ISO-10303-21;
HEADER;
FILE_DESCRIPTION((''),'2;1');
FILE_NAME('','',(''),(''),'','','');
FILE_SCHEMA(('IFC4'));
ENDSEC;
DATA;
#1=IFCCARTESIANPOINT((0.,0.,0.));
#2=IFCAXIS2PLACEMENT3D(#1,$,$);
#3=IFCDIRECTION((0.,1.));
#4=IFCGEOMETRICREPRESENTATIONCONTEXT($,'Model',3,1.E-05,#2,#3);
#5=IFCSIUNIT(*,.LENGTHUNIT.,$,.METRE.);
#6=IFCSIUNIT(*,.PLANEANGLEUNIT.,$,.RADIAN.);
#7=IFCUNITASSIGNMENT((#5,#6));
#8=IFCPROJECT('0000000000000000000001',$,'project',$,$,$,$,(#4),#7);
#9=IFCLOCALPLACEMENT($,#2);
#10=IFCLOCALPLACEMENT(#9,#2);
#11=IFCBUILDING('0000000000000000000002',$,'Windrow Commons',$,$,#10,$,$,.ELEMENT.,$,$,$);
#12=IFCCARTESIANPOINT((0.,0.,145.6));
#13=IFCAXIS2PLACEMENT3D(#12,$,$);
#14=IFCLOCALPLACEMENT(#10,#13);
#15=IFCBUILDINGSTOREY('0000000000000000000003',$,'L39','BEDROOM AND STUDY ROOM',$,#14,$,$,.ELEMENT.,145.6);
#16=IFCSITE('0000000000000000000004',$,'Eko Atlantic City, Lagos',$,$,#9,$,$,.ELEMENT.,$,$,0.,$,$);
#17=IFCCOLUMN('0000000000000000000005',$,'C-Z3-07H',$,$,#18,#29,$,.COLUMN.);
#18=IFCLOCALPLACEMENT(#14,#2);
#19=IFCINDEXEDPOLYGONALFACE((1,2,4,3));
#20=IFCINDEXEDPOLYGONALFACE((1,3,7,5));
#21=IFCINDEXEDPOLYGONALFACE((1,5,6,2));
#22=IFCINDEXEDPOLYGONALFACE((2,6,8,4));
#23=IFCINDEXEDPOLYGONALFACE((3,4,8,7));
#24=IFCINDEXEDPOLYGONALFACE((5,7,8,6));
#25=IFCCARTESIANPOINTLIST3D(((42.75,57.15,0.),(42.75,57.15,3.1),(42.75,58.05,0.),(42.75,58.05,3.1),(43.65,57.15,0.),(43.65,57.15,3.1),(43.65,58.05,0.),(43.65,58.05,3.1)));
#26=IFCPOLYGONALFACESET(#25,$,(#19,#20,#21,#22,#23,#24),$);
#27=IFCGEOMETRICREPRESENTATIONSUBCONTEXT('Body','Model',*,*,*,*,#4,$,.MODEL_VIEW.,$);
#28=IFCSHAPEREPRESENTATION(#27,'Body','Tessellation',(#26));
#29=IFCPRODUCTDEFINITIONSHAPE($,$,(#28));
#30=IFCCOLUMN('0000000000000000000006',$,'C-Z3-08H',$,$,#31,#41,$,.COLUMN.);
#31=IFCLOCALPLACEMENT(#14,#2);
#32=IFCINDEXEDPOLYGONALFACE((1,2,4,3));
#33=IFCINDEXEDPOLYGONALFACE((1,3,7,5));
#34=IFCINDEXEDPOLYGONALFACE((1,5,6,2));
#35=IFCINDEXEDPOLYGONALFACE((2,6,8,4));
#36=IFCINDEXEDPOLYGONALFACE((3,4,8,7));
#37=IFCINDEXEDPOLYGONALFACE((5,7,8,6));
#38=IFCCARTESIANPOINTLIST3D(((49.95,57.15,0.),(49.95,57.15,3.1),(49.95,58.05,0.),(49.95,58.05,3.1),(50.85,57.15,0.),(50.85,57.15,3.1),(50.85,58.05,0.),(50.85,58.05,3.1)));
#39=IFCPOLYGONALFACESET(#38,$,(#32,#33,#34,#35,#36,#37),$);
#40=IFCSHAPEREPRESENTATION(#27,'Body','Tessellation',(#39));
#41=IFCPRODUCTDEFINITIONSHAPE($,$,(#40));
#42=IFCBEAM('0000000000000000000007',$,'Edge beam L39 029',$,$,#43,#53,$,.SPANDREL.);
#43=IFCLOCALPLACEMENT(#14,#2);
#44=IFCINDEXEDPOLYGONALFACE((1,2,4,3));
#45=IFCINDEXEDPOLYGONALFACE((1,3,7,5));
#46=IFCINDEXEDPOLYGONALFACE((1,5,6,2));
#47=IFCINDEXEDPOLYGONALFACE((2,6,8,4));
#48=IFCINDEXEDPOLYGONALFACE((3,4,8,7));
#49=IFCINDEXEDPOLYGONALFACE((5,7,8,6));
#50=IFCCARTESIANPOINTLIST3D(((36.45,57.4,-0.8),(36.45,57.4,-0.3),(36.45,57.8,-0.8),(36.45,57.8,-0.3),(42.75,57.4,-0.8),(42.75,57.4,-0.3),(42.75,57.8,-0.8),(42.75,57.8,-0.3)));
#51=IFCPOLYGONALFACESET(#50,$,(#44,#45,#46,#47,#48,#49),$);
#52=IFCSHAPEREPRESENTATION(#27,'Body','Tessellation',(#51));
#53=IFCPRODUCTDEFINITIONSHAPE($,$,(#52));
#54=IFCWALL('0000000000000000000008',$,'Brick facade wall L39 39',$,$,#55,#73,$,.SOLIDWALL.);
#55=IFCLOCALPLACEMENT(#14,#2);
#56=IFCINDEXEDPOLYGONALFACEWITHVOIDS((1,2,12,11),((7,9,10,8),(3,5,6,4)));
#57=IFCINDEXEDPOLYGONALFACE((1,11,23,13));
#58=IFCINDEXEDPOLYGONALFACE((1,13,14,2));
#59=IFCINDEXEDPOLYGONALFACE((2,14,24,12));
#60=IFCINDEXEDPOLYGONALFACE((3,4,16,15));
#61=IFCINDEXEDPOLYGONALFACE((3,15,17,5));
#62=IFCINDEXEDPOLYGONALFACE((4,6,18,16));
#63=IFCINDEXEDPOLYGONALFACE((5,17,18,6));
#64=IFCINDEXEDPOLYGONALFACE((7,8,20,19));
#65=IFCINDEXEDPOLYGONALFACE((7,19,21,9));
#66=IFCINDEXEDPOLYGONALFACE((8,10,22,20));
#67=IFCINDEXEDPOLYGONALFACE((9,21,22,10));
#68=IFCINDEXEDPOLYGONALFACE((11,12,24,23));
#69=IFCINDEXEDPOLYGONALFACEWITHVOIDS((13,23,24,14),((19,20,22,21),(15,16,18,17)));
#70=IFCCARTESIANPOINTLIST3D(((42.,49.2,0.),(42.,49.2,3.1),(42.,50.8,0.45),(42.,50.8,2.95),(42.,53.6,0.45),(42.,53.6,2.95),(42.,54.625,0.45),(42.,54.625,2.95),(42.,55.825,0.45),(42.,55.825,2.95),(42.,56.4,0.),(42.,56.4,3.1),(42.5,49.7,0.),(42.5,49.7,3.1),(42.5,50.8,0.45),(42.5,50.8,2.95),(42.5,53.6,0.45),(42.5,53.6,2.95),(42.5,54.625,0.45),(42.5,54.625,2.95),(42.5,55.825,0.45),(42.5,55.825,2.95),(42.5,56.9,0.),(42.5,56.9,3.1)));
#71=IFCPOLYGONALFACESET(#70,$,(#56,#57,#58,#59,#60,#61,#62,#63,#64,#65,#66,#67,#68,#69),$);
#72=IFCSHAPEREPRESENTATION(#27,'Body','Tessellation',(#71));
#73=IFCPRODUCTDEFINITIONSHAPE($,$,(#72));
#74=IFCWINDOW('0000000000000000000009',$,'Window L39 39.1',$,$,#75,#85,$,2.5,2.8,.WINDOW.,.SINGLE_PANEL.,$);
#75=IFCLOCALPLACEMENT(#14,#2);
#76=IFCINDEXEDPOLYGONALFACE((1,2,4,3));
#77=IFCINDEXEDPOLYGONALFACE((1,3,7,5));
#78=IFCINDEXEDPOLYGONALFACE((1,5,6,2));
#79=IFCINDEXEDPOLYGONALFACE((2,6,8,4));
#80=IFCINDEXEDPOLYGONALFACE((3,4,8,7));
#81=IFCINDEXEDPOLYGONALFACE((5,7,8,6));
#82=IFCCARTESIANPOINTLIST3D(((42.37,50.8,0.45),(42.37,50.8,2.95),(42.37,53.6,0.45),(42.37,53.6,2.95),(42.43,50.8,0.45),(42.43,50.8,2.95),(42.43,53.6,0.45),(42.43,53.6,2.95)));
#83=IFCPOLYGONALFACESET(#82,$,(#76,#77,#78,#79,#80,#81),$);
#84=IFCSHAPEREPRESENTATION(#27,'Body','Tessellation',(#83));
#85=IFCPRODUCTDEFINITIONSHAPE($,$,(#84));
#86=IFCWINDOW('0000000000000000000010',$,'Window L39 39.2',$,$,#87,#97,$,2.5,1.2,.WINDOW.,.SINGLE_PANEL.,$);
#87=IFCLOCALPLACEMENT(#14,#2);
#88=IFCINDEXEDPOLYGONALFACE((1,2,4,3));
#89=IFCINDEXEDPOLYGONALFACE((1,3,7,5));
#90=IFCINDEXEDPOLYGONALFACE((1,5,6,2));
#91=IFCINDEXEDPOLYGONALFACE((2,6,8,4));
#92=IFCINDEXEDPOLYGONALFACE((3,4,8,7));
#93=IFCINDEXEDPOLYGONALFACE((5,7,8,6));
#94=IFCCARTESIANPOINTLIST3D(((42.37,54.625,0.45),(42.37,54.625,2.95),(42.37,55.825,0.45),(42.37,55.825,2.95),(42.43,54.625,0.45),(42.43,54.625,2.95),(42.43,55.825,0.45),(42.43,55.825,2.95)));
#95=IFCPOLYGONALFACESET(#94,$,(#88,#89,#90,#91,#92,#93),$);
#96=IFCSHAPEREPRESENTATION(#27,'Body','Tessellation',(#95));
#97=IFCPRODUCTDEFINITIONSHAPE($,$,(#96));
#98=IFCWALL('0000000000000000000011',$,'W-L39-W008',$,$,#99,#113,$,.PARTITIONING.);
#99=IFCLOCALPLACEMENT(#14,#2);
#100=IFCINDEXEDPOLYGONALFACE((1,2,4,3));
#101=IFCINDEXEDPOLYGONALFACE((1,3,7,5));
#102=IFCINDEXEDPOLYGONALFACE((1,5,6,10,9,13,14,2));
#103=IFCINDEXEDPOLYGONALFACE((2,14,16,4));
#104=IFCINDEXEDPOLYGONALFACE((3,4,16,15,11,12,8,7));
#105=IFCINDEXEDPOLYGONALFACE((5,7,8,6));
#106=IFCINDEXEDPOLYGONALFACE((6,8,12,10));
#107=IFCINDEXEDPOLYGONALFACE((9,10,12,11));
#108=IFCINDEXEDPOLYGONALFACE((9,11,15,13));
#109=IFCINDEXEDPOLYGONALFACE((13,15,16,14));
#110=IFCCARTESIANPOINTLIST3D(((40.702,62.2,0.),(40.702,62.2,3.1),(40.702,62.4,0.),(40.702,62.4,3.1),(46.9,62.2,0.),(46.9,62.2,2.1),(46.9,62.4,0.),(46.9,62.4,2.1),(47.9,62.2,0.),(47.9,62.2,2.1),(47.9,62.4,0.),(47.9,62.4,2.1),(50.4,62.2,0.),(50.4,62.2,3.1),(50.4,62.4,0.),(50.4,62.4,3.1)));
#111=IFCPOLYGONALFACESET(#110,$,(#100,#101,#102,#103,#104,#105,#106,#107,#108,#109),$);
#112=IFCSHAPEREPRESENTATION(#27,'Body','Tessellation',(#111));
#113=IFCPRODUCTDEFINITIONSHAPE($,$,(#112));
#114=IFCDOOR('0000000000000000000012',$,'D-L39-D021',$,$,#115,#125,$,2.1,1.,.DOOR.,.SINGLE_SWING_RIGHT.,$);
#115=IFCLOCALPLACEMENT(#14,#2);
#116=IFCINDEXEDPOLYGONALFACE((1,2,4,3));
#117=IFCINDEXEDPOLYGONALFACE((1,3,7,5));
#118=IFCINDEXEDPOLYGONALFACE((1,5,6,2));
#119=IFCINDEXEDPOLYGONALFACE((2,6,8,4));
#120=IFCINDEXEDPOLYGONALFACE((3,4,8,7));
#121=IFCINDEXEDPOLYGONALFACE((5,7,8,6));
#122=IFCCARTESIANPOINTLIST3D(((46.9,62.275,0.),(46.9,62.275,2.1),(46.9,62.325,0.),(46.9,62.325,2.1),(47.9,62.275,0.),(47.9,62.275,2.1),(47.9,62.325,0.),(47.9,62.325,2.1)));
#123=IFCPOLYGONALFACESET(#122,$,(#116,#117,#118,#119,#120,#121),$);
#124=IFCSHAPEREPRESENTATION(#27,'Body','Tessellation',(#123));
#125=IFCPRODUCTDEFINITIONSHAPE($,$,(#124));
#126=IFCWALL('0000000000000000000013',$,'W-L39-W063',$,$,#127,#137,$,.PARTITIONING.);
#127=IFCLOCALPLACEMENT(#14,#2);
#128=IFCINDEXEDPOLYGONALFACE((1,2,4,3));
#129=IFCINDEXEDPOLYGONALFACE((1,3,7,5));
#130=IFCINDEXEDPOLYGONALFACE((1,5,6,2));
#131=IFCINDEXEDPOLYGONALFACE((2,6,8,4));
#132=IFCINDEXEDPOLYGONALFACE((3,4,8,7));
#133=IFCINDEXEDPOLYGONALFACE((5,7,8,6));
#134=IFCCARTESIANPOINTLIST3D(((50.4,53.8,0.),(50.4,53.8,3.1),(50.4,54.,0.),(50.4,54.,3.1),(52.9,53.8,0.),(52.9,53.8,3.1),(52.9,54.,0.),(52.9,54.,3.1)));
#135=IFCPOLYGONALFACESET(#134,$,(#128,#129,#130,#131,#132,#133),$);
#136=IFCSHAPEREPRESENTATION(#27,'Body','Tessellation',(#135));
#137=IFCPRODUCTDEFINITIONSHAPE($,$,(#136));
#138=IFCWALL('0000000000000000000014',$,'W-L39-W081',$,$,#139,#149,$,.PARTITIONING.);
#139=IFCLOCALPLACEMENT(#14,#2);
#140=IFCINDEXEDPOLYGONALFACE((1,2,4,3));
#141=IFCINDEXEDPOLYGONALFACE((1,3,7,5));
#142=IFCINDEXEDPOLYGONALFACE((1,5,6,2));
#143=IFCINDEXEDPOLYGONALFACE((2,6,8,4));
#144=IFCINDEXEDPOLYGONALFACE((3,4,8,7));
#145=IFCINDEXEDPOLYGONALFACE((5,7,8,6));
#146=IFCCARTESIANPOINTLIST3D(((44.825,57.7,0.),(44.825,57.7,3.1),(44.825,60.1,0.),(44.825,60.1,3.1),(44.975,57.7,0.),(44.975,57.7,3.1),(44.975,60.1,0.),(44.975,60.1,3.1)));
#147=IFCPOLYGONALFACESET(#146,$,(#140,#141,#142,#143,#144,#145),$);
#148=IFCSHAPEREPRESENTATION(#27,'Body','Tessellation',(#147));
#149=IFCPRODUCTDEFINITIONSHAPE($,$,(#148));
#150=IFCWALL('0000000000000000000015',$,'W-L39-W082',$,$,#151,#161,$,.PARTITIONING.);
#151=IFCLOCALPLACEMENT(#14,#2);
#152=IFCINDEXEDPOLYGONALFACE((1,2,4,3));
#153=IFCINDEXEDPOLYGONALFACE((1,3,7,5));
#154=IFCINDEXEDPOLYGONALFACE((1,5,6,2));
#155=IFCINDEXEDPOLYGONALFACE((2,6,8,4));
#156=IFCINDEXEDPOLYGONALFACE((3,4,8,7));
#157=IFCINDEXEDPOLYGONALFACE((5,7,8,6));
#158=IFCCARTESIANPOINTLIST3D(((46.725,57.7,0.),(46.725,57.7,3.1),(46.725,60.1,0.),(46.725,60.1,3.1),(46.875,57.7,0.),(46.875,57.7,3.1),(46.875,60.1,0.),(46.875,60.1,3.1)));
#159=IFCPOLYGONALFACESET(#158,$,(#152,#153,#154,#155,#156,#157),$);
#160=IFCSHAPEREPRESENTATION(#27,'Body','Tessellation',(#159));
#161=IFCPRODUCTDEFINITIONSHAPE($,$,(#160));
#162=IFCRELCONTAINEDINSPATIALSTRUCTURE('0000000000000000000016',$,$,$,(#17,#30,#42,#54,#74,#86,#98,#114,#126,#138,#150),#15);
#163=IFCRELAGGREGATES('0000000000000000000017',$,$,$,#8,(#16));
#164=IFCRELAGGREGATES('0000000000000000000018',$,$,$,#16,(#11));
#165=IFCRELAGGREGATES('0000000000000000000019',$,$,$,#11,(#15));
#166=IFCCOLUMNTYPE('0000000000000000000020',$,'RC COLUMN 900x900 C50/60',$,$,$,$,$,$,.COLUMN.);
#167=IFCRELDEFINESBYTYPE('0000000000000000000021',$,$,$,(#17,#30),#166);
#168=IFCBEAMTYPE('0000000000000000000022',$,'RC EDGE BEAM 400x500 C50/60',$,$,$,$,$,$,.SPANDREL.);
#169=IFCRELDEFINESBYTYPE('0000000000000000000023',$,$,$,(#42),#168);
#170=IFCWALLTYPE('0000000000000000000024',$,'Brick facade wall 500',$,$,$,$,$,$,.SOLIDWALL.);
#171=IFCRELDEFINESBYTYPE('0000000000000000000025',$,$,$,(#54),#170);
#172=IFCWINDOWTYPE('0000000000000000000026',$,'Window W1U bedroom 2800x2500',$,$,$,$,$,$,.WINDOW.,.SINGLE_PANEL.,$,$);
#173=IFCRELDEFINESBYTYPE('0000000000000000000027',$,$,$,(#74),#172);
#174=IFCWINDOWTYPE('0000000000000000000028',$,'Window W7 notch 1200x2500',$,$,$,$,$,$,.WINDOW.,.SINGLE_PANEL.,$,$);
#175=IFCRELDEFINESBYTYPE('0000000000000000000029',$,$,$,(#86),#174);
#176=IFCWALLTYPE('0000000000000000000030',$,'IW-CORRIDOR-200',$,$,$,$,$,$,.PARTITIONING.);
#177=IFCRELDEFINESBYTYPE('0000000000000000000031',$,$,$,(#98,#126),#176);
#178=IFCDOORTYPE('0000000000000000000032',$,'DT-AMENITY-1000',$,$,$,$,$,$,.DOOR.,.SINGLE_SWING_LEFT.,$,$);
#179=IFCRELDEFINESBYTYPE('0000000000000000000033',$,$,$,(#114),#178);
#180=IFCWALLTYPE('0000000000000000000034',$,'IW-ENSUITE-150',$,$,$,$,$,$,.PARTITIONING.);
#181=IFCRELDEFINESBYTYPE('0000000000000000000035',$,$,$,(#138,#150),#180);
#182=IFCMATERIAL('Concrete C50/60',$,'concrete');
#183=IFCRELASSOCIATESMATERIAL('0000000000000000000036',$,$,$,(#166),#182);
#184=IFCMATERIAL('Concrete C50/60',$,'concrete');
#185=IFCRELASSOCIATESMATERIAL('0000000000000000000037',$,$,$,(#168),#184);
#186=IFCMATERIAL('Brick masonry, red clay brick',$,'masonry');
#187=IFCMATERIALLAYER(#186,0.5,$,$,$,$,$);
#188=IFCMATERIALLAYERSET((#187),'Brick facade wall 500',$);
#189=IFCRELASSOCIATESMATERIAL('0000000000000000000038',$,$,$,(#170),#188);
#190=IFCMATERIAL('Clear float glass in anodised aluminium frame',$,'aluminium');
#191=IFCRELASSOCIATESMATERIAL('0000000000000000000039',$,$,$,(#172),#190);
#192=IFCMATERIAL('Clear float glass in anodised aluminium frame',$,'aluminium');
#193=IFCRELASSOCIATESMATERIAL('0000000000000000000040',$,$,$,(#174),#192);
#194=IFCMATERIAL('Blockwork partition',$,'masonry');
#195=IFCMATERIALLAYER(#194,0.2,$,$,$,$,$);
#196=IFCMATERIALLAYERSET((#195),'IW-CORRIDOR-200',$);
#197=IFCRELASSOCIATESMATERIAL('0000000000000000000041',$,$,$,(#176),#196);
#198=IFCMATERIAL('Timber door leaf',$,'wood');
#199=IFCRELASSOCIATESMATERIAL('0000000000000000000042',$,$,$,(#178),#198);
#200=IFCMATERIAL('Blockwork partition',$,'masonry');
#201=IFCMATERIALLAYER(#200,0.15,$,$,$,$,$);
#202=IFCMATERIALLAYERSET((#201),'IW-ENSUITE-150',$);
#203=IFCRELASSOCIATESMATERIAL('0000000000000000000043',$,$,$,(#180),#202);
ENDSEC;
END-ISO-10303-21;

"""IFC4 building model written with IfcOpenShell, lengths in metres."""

from ifc_helpers import new_model, si_unit, direction, frame, frame_2d, origin, origin_2d, place, context, subcontext, project, spatial, polyline, rectangle, outline, extrude, material, layer, layer_set, material_profile, profile_set, type_object, element, fill, save


model = new_model("IFC4")

# Units and contexts
model_context = context("Model", 3, precision=1e-05, world=origin(), true_north=direction((0.0, 1.0)))
body_context = subcontext(model_context, "Body", "Model", "MODEL_VIEW")
ifc_project = project(units=[si_unit("LENGTHUNIT", "METRE"), si_unit("PLANEANGLEUNIT", "RADIAN")], contexts=[model_context])

# Site, building, storey
site_placement = place(None, origin())
site = spatial("IfcSite", under=ifc_project, at=site_placement, Name="Eko Atlantic City, Lagos", CompositionType="ELEMENT", RefElevation=0.0)
building_placement = place(site_placement, origin())
building = spatial("IfcBuilding", under=site, at=building_placement, Name="Windrow Commons", CompositionType="ELEMENT")
storey_placement = place(building_placement, frame((0.0, 0.0, 145.6)))
storey = spatial("IfcBuildingStorey", under=building, at=storey_placement, Name="L39", Description="BEDROOM AND STUDY ROOM", CompositionType="ELEMENT", Elevation=145.6)

# Columns
ifc_material_1 = material(Name="Concrete C50/60", Category="concrete")
ifc_material_profile_1 = material_profile(ifc_material_1, rectangle(XDim=0.9, YDim=0.9, at=origin_2d()))
ifc_profile_set_1 = profile_set([ifc_material_profile_1], Name="Concrete C50/60")
column_type = type_object("IfcColumnType", Name="RC COLUMN 900x900 C50/60", PredefinedType="COLUMN", material=ifc_profile_set_1)
for number, where, z_axis, x_axis, name in (
    (1, (43.2, 57.6, 0.0), (0.0, 0.0, 1.0), (1.0, 0.0, 0.0), "C-Z3-07H"),
    (2, (50.4, 57.6, 0.0), (0.0, 0.0, 1.0), (1.0, 0.0, 0.0), "C-Z3-08H"),
):
    element("IfcColumn", number, at=place(storey_placement, frame(where, z_axis=z_axis, x_axis=x_axis)), inside=storey, type_object=column_type, Name=name, PredefinedType="COLUMN", context=body_context, shape_type="SweptSolid", body=[
        extrude(rectangle(XDim=0.9, YDim=0.9, at=origin_2d()), origin(), (0.0, 0.0, 1.0), 3.1),
    ])

# Beam
ifc_material_2 = material(Name="Concrete C50/60", Category="concrete")
ifc_material_profile_2 = material_profile(ifc_material_2, rectangle(XDim=0.4, YDim=0.5, at=origin_2d()))
ifc_profile_set_2 = profile_set([ifc_material_profile_2], Name="Concrete C50/60")
beam_type = type_object("IfcBeamType", Name="RC EDGE BEAM 400x500 C50/60", PredefinedType="SPANDREL", material=ifc_profile_set_2)
beam_placement = place(storey_placement, frame((42.75, 57.6, -0.55), z_axis=(-1.0, 0.0, 0.0), x_axis=(0.0, -1.0, 0.0)))
element("IfcBeam", 3, at=beam_placement, inside=storey, type_object=beam_type, Name="Edge beam L39 029", PredefinedType="SPANDREL", context=body_context, shape_type="SweptSolid", body=[
    extrude(rectangle(XDim=0.4, YDim=0.5, at=origin_2d()), origin(), (0.0, 0.0, 1.0), 6.3),
])

# Wall, openings, windows
ifc_material_3 = material(Name="Brick masonry, red clay brick", Category="masonry")
ifc_layer_1 = layer(ifc_material_3, 0.5)
ifc_layer_set_1 = layer_set([ifc_layer_1], Name="Brick facade wall 500")
wall_type_1 = type_object("IfcWallType", Name="Brick facade wall 500", PredefinedType="SOLIDWALL", material=ifc_layer_set_1)
wall_1_placement = place(storey_placement, frame((42.25, 56.65, 0.0), z_axis=(0.0, 0.0, 1.0), x_axis=(0.0, -1.0, 0.0)))
wall_1 = element("IfcWall", 4, at=wall_1_placement, inside=storey, type_object=wall_type_1, Name="Brick facade wall L39 39", PredefinedType="SOLIDWALL", context=body_context, shape_type="SweptSolid", body=[
    extrude(outline(polyline([(0.25, -0.25), (7.45, -0.25), (6.95, 0.25), (-0.25, 0.25), (0.25, -0.25)])), origin(), (0.0, 0.0, 1.0), 3.1),
])
opening_1_placement = place(wall_1_placement, frame((3.05, 0.0, 0.45)))
opening_1 = element("IfcOpeningElement", 5, at=opening_1_placement, cuts=wall_1, PredefinedType="OPENING", context=body_context, shape_type="SweptSolid", body=[
    extrude(rectangle(XDim=2.8, YDim=2.5, at=frame_2d((1.4, 1.25))), frame((0.0, 0.26, 0.0), z_axis=(0.0, -1.0, 0.0), x_axis=(1.0, 0.0, 0.0)), (0.0, 0.0, 1.0), 0.52),
])
opening_2_placement = place(wall_1_placement, frame((0.825, 0.0, 0.45)))
opening_2 = element("IfcOpeningElement", 6, at=opening_2_placement, cuts=wall_1, PredefinedType="OPENING", context=body_context, shape_type="SweptSolid", body=[
    extrude(rectangle(XDim=1.2, YDim=2.5, at=frame_2d((0.6, 1.25))), frame((0.0, 0.26, 0.0), z_axis=(0.0, -1.0, 0.0), x_axis=(1.0, 0.0, 0.0)), (0.0, 0.0, 1.0), 0.52),
])
ifc_material_4 = material(Name="Clear float glass in anodised aluminium frame", Category="aluminium")
window_type_1 = type_object("IfcWindowType", Name="Window W1U bedroom 2800x2500", PartitioningType="SINGLE_PANEL", PredefinedType="WINDOW", material=ifc_material_4)
window_1_placement = place(opening_1_placement, origin())
window_1 = element("IfcWindow", 7, at=window_1_placement, inside=storey, type_object=window_type_1, Name="Window L39 39.1", OverallHeight=2.5, OverallWidth=2.8, PartitioningType="SINGLE_PANEL", PredefinedType="WINDOW", context=body_context, shape_type="SweptSolid", body=[
    extrude(rectangle(XDim=2.8, YDim=2.5, at=frame_2d((1.4, 1.25))), frame((0.0, 0.18, 0.0), z_axis=(0.0, -1.0, 0.0), x_axis=(1.0, 0.0, 0.0)), (0.0, 0.0, 1.0), 0.06),
])
fill(opening_1, window_1)
ifc_material_5 = material(Name="Clear float glass in anodised aluminium frame", Category="aluminium")
window_type_2 = type_object("IfcWindowType", Name="Window W7 notch 1200x2500", PartitioningType="SINGLE_PANEL", PredefinedType="WINDOW", material=ifc_material_5)
window_2_placement = place(opening_2_placement, origin())
window_2 = element("IfcWindow", 8, at=window_2_placement, inside=storey, type_object=window_type_2, Name="Window L39 39.2", OverallHeight=2.5, OverallWidth=1.2, PartitioningType="SINGLE_PANEL", PredefinedType="WINDOW", context=body_context, shape_type="SweptSolid", body=[
    extrude(rectangle(XDim=1.2, YDim=2.5, at=frame_2d((0.6, 1.25))), frame((0.0, 0.18, 0.0), z_axis=(0.0, -1.0, 0.0), x_axis=(1.0, 0.0, 0.0)), (0.0, 0.0, 1.0), 0.06),
])
fill(opening_2, window_2)

# Wall, opening, door
ifc_material_6 = material(Name="Blockwork partition", Category="masonry")
ifc_layer_2 = layer(ifc_material_6, 0.2)
ifc_layer_set_2 = layer_set([ifc_layer_2], Name="IW-CORRIDOR-200")
wall_type_2 = type_object("IfcWallType", Name="IW-CORRIDOR-200", PredefinedType="PARTITIONING", material=ifc_layer_set_2)
wall_2_placement = place(storey_placement, frame((40.702, 62.3, 0.0), z_axis=(0.0, 0.0, 1.0), x_axis=(1.0, 0.0, 0.0)))
wall_2 = element("IfcWall", 9, at=wall_2_placement, inside=storey, type_object=wall_type_2, Name="W-L39-W008", PredefinedType="PARTITIONING", context=body_context, shape_type="SweptSolid", body=[
    extrude(rectangle(XDim=9.698, YDim=0.2, at=frame_2d((4.849, 0.0))), origin(), (0.0, 0.0, 1.0), 3.1),
])
opening_3_placement = place(wall_2_placement, frame((6.198, 0.0, 0.0)))
opening_3 = element("IfcOpeningElement", 10, at=opening_3_placement, cuts=wall_2, PredefinedType="OPENING", context=body_context, shape_type="SweptSolid", body=[
    extrude(rectangle(XDim=1.0, YDim=2.1, at=frame_2d((0.5, 1.05))), frame((0.0, 0.11, 0.0), z_axis=(0.0, -1.0, 0.0), x_axis=(1.0, 0.0, 0.0)), (0.0, 0.0, 1.0), 0.22),
])
ifc_material_7 = material(Name="Timber door leaf", Category="wood")
door_type_1 = type_object("IfcDoorType", Name="DT-AMENITY-1000", OperationType="SINGLE_SWING_LEFT", PredefinedType="DOOR", material=ifc_material_7)
door_1_placement = place(opening_3_placement, origin())
door_1 = element("IfcDoor", 11, at=door_1_placement, inside=storey, type_object=door_type_1, Name="D-L39-D021", OperationType="SINGLE_SWING_RIGHT", OverallHeight=2.1, OverallWidth=1.0, PredefinedType="DOOR", context=body_context, shape_type="SweptSolid", body=[
    extrude(rectangle(XDim=1.0, YDim=2.1, at=frame_2d((0.5, 1.05))), frame((0.0, 0.025, 0.0), z_axis=(0.0, -1.0, 0.0), x_axis=(1.0, 0.0, 0.0)), (0.0, 0.0, 1.0), 0.05),
])
fill(opening_3, door_1)

# Walls
wall_3_placement = place(storey_placement, frame((50.4, 53.9, 0.0), z_axis=(0.0, 0.0, 1.0), x_axis=(1.0, 0.0, 0.0)))
element("IfcWall", 12, at=wall_3_placement, inside=storey, type_object=wall_type_2, Name="W-L39-W063", PredefinedType="PARTITIONING", context=body_context, shape_type="SweptSolid", body=[
    extrude(rectangle(XDim=2.5, YDim=0.2, at=frame_2d((1.25, 0.0))), origin(), (0.0, 0.0, 1.0), 3.1),
])
ifc_material_8 = material(Name="Blockwork partition", Category="masonry")
ifc_layer_3 = layer(ifc_material_8, 0.15)
ifc_layer_set_3 = layer_set([ifc_layer_3], Name="IW-ENSUITE-150")
wall_type_3 = type_object("IfcWallType", Name="IW-ENSUITE-150", PredefinedType="PARTITIONING", material=ifc_layer_set_3)
for number, where, z_axis, x_axis, name in (
    (13, (44.9, 57.7, 0.0), (0.0, 0.0, 1.0), (0.0, 1.0, 0.0), "W-L39-W081"),
    (14, (46.8, 57.7, 0.0), (0.0, 0.0, 1.0), (0.0, 1.0, 0.0), "W-L39-W082"),
):
    element("IfcWall", number, at=place(storey_placement, frame(where, z_axis=z_axis, x_axis=x_axis)), inside=storey, type_object=wall_type_3, Name=name, PredefinedType="PARTITIONING", context=body_context, shape_type="SweptSolid", body=[
        extrude(rectangle(XDim=2.4, YDim=0.15, at=frame_2d((1.2, 0.0))), origin(), (0.0, 0.0, 1.0), 3.1),
    ])

save(model, "model.ifc")
